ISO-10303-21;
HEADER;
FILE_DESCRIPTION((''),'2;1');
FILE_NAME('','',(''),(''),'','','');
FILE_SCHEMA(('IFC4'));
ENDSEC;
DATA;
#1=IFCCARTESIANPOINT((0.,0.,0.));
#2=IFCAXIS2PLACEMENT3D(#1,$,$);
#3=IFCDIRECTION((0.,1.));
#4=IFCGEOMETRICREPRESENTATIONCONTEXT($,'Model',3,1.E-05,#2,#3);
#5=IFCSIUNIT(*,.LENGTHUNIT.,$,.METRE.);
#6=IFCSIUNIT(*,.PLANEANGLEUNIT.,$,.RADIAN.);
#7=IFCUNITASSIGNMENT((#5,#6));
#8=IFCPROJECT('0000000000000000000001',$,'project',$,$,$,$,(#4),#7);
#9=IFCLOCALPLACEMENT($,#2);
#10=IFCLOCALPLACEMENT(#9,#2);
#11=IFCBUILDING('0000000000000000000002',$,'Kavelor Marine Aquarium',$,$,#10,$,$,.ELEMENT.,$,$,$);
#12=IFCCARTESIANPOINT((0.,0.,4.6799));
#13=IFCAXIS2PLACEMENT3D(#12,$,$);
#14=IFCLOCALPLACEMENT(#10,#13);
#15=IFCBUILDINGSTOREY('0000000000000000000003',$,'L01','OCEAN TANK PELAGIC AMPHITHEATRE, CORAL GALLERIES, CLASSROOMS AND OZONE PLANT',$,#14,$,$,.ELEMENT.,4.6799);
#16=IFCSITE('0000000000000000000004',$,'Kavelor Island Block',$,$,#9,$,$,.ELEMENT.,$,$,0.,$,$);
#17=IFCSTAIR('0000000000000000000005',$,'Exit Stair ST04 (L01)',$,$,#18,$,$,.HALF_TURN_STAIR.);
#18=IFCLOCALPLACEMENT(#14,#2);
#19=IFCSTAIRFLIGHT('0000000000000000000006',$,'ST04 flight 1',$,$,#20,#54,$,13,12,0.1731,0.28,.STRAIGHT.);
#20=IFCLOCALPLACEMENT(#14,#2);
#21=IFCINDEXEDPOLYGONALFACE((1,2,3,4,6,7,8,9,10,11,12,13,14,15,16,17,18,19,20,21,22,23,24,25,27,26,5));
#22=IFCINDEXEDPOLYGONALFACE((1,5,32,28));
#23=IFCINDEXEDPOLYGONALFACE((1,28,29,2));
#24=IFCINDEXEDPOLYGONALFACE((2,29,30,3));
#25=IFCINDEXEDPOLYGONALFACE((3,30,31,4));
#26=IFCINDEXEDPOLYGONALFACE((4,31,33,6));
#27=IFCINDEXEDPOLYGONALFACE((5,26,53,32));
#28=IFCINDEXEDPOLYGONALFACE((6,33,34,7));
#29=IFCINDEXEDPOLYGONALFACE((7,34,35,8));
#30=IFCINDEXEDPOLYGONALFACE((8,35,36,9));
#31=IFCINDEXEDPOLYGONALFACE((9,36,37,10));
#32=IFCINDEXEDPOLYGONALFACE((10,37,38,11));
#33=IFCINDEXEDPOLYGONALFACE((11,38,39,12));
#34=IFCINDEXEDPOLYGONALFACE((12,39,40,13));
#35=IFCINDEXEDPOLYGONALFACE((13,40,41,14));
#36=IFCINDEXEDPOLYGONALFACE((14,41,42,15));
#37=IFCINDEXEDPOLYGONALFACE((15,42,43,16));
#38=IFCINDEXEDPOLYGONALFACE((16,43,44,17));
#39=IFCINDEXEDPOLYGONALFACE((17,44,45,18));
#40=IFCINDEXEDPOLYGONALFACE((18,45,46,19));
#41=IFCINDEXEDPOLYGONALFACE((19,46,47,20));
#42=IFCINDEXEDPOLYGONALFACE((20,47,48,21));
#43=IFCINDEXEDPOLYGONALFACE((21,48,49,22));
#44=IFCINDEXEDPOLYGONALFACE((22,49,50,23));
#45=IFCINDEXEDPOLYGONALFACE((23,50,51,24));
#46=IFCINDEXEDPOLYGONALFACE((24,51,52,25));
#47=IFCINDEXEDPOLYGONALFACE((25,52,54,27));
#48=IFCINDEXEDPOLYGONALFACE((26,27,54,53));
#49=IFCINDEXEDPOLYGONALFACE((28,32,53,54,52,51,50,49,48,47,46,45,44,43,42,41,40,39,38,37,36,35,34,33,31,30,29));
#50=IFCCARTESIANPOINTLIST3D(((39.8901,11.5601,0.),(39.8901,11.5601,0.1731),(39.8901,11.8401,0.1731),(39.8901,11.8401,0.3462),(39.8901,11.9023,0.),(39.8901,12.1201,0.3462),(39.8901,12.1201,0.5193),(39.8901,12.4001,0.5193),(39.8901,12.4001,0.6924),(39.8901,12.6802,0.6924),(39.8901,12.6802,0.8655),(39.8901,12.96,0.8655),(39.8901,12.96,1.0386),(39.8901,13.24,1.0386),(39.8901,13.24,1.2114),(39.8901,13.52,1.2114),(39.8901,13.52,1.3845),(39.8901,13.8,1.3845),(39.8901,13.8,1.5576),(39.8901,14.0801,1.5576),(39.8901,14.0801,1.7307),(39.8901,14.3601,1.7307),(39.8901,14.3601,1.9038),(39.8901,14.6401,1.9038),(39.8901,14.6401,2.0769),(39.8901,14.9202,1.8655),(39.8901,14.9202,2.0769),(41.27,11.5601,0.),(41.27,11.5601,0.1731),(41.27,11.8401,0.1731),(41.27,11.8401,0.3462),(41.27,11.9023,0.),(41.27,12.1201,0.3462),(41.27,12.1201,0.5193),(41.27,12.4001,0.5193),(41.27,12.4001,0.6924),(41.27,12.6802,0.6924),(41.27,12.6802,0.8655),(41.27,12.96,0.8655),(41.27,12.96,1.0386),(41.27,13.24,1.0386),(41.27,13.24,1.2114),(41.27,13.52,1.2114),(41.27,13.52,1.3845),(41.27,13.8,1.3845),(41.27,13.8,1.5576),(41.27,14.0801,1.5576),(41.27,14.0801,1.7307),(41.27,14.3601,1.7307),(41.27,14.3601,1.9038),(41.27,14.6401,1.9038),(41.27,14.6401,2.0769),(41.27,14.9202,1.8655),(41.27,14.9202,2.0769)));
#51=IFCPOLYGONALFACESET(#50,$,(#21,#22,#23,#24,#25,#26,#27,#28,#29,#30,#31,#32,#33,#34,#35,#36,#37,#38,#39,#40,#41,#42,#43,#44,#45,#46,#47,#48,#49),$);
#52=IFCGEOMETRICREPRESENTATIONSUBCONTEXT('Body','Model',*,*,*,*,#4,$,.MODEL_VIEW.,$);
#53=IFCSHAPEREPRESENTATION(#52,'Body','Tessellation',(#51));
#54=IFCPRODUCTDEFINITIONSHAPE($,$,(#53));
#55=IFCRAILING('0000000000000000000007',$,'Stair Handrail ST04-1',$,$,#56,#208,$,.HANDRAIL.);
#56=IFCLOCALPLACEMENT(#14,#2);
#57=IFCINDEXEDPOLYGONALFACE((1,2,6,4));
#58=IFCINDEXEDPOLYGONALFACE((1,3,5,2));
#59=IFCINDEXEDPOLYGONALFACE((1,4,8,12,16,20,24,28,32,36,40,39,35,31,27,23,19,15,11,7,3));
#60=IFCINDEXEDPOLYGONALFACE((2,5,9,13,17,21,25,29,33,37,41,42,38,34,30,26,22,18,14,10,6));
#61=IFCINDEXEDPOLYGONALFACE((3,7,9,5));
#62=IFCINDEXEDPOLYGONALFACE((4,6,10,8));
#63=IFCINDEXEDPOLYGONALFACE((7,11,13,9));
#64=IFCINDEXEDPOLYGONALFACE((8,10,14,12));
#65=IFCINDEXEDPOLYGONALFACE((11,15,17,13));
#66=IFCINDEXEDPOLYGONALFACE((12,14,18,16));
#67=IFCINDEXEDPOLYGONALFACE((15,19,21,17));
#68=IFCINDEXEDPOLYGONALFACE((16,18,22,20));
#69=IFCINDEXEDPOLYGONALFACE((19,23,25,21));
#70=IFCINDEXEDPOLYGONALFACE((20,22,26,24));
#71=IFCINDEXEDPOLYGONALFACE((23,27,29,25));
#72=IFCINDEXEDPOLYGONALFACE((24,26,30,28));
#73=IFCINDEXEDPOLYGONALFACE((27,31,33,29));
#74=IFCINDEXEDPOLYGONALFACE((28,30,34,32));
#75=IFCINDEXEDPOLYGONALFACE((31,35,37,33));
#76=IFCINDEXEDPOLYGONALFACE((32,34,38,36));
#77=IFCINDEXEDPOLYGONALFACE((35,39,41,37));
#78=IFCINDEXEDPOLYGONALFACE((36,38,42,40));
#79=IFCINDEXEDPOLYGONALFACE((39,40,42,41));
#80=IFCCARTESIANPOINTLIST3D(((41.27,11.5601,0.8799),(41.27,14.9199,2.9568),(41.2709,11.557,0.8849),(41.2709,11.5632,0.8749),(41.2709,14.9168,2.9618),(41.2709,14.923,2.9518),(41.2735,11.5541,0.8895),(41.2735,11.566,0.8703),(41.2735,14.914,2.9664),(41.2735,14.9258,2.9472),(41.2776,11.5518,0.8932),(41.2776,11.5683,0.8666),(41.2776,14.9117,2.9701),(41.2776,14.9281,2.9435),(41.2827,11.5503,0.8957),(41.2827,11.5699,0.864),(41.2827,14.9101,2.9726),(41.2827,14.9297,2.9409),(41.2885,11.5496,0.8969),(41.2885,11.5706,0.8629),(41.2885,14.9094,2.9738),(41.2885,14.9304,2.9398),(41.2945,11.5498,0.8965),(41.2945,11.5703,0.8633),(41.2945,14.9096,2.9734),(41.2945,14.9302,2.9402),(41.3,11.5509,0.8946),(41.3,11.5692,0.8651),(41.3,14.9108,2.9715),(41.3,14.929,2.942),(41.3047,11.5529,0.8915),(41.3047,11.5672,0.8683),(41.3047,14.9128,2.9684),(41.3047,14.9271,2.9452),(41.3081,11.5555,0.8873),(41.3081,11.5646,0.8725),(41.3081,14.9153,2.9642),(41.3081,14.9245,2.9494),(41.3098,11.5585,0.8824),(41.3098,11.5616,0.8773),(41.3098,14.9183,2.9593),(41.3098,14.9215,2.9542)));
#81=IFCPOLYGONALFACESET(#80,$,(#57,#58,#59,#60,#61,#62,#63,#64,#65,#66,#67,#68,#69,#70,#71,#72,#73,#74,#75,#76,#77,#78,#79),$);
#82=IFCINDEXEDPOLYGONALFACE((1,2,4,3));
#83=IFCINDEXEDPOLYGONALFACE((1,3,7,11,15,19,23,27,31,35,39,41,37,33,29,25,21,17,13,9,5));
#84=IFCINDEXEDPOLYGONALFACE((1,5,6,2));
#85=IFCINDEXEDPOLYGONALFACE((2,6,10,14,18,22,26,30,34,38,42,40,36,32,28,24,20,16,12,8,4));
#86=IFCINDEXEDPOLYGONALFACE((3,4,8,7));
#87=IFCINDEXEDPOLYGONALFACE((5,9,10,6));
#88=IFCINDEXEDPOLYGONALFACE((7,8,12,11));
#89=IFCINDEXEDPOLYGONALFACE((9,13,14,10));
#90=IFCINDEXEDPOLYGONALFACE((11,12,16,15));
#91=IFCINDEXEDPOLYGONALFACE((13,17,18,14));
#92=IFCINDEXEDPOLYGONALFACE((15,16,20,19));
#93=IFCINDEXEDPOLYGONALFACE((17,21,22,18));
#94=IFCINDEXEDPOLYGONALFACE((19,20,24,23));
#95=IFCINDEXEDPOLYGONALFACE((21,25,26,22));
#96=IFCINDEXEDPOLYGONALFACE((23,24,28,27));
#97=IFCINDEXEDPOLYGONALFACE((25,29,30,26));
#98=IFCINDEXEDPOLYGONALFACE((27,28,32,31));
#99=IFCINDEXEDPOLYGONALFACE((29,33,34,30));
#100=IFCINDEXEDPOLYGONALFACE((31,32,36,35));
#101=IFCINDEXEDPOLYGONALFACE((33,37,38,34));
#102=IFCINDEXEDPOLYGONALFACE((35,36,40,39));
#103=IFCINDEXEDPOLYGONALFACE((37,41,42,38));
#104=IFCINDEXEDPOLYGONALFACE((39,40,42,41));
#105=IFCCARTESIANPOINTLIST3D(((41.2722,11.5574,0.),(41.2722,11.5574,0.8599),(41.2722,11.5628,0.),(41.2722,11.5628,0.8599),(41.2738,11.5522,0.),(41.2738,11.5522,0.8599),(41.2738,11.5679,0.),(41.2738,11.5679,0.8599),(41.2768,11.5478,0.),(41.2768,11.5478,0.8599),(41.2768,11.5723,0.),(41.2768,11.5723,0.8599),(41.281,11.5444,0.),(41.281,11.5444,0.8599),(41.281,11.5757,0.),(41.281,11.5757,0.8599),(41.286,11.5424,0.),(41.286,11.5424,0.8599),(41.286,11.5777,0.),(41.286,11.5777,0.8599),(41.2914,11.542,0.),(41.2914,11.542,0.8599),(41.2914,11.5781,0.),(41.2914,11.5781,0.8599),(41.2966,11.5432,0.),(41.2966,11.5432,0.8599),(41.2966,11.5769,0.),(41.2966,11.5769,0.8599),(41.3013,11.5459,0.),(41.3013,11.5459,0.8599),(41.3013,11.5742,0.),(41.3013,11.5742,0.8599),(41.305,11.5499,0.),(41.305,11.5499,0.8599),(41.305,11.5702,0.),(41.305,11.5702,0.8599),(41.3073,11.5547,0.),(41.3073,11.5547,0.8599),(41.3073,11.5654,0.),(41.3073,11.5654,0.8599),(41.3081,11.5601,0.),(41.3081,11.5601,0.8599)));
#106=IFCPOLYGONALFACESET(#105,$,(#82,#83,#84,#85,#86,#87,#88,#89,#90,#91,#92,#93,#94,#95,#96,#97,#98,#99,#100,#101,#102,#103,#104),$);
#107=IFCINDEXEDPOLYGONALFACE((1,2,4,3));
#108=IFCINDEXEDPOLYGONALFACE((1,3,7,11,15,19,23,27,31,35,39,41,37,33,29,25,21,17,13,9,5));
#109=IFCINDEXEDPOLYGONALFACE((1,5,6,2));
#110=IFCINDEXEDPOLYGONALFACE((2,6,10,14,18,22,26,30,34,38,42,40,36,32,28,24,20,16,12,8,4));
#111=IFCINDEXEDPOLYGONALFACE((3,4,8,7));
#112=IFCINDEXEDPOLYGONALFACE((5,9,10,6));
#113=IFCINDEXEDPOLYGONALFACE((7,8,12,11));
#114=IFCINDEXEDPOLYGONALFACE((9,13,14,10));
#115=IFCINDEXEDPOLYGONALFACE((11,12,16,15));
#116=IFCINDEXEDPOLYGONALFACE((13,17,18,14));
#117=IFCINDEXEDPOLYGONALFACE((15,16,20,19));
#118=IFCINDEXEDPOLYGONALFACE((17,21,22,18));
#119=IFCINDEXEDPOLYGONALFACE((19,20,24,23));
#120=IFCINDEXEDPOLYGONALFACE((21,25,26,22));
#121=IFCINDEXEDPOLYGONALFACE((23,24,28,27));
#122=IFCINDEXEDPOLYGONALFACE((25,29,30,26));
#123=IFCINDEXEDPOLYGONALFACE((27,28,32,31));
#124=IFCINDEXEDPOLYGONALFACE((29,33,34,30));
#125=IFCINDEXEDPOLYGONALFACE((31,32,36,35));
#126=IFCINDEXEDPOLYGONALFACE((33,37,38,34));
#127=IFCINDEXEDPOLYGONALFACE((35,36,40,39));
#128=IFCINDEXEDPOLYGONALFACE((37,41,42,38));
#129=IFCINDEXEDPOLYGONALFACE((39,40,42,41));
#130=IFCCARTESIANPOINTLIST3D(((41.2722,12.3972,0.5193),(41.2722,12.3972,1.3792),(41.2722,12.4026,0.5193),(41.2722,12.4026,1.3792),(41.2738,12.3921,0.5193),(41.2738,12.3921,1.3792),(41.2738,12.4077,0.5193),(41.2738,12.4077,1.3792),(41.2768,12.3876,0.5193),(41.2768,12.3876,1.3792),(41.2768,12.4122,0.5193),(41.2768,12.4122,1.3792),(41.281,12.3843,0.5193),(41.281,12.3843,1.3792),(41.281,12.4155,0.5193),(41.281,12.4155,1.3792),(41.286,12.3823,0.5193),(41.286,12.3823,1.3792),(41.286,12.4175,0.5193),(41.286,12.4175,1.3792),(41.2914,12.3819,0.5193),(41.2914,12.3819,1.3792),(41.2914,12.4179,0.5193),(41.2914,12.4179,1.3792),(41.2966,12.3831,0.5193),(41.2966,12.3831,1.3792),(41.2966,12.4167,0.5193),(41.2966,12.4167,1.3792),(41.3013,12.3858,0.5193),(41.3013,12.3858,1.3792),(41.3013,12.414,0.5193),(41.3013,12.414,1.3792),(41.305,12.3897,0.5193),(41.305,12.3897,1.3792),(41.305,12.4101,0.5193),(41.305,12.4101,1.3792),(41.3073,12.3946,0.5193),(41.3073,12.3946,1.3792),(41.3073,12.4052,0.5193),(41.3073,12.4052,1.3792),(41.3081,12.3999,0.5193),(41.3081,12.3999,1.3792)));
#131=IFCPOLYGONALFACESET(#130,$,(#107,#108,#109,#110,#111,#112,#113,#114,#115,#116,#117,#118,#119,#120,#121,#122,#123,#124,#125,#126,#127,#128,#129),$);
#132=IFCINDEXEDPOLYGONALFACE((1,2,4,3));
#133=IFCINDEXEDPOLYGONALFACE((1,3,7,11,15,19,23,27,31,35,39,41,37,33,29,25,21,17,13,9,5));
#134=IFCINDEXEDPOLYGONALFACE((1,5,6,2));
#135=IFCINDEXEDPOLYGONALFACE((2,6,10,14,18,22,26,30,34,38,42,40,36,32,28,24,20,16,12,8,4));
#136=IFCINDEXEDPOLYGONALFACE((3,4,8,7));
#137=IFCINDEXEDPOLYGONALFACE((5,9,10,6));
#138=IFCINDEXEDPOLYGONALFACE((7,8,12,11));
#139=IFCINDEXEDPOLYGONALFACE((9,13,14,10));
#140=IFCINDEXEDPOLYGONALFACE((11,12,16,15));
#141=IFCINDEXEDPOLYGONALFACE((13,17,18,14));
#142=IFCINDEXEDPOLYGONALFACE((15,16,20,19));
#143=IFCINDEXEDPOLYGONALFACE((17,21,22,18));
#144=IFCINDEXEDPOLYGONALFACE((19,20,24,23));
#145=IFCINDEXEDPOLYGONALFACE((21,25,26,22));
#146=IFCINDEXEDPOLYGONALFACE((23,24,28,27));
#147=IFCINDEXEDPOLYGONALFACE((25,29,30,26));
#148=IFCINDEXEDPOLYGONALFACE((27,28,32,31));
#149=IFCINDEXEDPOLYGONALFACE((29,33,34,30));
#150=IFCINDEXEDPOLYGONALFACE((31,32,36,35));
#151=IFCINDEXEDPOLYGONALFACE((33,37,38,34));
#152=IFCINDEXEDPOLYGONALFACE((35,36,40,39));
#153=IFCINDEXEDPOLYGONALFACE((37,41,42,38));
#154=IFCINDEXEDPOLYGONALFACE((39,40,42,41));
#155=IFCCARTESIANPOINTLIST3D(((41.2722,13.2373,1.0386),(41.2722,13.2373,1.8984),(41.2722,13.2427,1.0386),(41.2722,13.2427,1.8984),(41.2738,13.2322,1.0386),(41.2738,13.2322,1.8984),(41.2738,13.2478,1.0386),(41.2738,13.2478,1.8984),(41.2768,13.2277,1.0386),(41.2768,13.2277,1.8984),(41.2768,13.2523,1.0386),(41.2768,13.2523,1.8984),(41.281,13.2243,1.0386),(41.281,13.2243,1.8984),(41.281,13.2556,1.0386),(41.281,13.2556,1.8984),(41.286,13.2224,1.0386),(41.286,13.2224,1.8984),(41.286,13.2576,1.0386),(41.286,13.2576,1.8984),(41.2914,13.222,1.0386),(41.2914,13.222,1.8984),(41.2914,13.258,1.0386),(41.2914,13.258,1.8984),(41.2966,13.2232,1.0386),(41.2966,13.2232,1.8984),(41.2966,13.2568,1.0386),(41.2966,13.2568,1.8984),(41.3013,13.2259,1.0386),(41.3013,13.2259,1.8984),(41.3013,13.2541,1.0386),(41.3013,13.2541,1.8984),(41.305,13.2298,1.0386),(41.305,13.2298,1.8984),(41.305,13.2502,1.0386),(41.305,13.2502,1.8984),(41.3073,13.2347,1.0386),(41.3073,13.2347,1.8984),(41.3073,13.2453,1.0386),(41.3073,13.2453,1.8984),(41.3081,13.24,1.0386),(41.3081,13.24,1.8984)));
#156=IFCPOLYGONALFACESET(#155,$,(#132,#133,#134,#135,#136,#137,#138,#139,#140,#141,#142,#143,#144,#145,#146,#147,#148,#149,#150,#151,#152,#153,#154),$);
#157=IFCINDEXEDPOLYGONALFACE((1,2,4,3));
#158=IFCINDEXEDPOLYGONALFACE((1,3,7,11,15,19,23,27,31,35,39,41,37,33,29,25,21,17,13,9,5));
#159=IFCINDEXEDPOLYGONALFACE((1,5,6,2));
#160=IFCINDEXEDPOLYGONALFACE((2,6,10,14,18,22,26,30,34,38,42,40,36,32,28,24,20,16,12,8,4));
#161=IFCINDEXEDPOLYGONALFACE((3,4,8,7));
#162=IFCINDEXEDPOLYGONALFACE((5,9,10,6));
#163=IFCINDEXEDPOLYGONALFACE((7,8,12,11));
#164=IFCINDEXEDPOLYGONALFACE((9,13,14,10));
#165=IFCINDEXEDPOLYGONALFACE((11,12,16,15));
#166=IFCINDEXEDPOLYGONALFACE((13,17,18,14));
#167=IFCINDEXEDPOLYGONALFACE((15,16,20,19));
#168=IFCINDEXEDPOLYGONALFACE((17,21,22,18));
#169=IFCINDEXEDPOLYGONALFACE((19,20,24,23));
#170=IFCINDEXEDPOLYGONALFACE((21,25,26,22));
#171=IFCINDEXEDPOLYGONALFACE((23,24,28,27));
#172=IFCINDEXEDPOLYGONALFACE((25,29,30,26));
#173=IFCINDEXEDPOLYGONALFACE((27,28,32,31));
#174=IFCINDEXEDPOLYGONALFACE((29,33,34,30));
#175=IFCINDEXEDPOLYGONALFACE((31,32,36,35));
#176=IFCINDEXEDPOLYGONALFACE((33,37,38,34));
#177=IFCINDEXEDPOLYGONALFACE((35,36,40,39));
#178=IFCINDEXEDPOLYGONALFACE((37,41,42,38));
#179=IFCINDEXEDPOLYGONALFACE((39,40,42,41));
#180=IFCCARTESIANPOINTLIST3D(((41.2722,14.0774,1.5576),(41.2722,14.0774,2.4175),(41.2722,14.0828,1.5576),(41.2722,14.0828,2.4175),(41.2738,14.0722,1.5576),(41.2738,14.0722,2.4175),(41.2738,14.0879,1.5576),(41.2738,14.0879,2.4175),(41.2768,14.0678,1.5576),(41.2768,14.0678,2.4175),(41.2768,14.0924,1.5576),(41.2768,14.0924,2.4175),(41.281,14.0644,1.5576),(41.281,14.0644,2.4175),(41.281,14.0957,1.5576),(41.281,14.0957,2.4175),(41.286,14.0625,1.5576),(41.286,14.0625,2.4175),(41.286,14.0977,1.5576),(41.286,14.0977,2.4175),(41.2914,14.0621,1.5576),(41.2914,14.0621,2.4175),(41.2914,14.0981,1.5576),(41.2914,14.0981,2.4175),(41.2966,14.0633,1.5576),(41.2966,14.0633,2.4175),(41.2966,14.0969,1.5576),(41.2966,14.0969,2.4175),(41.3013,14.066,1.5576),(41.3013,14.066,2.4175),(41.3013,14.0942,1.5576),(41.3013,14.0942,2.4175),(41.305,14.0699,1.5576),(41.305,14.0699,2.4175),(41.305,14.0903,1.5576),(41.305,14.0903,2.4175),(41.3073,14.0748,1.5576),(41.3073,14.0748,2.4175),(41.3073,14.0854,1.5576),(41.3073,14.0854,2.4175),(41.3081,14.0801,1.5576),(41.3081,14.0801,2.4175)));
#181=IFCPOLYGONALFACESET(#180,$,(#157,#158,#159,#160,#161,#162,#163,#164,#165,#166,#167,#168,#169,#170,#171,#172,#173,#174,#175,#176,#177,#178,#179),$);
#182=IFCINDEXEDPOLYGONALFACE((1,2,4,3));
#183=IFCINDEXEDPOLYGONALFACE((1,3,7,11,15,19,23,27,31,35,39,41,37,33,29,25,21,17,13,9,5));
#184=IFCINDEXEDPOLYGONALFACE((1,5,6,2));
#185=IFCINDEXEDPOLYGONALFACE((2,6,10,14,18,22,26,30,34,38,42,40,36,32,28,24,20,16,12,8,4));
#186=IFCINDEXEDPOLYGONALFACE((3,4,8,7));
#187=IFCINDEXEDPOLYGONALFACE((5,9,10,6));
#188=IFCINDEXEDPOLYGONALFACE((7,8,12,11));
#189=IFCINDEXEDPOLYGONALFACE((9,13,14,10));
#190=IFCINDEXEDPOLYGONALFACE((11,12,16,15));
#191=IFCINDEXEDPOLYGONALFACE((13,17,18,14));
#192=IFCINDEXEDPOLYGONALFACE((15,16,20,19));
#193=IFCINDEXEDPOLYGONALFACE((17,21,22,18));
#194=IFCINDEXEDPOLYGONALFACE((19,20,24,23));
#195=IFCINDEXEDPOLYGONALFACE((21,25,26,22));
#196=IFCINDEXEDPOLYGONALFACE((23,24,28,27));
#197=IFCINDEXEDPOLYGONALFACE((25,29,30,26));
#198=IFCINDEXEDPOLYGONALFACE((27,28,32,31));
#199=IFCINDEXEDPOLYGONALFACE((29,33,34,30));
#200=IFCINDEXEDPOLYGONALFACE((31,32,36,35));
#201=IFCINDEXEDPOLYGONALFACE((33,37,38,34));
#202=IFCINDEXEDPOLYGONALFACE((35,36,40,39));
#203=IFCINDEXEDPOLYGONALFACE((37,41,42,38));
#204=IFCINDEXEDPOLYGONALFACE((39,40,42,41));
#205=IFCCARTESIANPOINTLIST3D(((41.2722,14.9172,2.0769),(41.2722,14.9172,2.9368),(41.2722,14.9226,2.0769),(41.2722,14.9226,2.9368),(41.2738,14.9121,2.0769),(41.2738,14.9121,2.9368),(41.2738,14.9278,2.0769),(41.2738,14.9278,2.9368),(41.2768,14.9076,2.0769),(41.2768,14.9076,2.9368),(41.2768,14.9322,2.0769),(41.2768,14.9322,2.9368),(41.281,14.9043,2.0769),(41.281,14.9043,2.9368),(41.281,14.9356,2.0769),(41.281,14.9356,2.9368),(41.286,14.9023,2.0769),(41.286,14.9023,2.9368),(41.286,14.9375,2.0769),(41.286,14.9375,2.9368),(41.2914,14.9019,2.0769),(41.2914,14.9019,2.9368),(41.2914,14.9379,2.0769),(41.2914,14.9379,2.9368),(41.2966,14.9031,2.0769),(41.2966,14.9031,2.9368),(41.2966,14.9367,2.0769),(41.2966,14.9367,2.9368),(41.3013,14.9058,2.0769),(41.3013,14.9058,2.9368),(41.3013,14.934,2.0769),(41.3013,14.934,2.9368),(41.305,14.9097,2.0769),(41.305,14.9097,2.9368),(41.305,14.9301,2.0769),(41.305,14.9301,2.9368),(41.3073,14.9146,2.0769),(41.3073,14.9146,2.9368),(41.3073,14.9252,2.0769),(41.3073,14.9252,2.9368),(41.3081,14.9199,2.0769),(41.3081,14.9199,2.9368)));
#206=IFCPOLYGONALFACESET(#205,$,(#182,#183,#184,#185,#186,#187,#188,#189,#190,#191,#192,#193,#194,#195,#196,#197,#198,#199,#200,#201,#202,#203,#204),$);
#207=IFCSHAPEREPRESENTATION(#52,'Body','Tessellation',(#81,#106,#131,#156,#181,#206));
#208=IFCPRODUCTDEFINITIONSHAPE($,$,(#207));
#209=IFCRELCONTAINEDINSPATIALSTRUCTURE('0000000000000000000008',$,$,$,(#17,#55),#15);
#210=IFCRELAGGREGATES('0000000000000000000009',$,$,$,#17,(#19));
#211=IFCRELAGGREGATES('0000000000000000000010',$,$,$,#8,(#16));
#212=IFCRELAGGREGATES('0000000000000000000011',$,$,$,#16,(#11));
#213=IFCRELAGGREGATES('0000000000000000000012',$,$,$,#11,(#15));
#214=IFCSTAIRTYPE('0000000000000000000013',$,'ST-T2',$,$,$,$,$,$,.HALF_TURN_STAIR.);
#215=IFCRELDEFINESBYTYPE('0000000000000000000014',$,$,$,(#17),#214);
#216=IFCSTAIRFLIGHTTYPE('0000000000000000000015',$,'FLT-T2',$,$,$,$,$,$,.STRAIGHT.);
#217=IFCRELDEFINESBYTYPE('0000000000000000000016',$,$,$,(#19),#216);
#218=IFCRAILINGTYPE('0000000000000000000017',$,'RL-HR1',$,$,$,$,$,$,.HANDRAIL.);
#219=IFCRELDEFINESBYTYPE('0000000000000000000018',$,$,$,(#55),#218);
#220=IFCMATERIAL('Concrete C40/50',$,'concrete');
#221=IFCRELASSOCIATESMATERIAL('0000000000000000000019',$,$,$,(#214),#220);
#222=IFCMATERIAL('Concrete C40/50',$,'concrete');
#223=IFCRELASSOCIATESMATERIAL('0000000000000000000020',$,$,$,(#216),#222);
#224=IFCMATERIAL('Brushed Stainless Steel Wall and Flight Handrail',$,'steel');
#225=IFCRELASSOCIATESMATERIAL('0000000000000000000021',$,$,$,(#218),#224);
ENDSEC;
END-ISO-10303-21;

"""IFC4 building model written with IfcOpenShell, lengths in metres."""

from ifc_helpers import new_model, si_unit, direction, frame, origin, origin_2d, place, context, subcontext, project, spatial, polyline, circle, outline, extrude, material, type_object, element, aggregate, save


model = new_model("IFC4")

# Units and contexts
model_context = context("Model", 3, precision=1e-05, world=origin(), true_north=direction((0.0, 1.0)))
body_context = subcontext(model_context, "Body", "Model", "MODEL_VIEW")
ifc_project = project(units=[si_unit("LENGTHUNIT", "METRE"), si_unit("PLANEANGLEUNIT", "RADIAN")], contexts=[model_context])

# Site, building, storey
site_placement = place(None, origin())
site = spatial("IfcSite", under=ifc_project, at=site_placement, Name="Kavelor Island Block", CompositionType="ELEMENT", RefElevation=0.0)
building_placement = place(site_placement, origin())
building = spatial("IfcBuilding", under=site, at=building_placement, Name="Kavelor Marine Aquarium", CompositionType="ELEMENT")
storey_placement = place(building_placement, frame((0.0, 0.0, 4.6799)))
storey = spatial("IfcBuildingStorey", under=building, at=storey_placement, Name="L01", Description="OCEAN TANK PELAGIC AMPHITHEATRE, CORAL GALLERIES, CLASSROOMS AND OZONE PLANT", CompositionType="ELEMENT", Elevation=4.6799)

# Stair, stair flight
ifc_material_1 = material(Name="Concrete C40/50", Category="concrete")
stair_type = type_object("IfcStairType", Name="ST-T2", PredefinedType="HALF_TURN_STAIR", material=ifc_material_1)
stair_placement = place(storey_placement, origin())
stair = element("IfcStair", 1, at=stair_placement, inside=storey, type_object=stair_type, Name="Exit Stair ST04 (L01)", PredefinedType="HALF_TURN_STAIR")
ifc_material_2 = material(Name="Concrete C40/50", Category="concrete")
stair_flight_type = type_object("IfcStairFlightType", Name="FLT-T2", PredefinedType="STRAIGHT", material=ifc_material_2)
stair_flight_placement = place(storey_placement, frame((40.5801, 11.5601, 0.0), z_axis=(0.0, 0.0, 1.0), x_axis=(0.0, 1.0, 0.0)))
stair_flight = element("IfcStairFlight", 2, at=stair_flight_placement, type_object=stair_flight_type, Name="ST04 flight 1", NumberOfRisers=13, NumberOfTreads=12, PredefinedType="STRAIGHT", RiserHeight=0.1731, TreadLength=0.28, context=body_context, shape_type="SweptSolid", body=[
    extrude(outline(polyline([(0.0, 0.0), (0.0, 0.1731), (0.28, 0.1731), (0.28, 0.3462), (0.5601, 0.3462), (0.5601, 0.5193), (0.8401, 0.5193), (0.8401, 0.6924), (1.1201, 0.6924), (1.1201, 0.8655), (1.3999, 0.8655), (1.3999, 1.0386), (1.6799, 1.0386), (1.6799, 1.2114), (1.96, 1.2114), (1.96, 1.3845), (2.24, 1.3845), (2.24, 1.5576), (2.52, 1.5576), (2.52, 1.7307), (2.8, 1.7307), (2.8, 1.9038), (3.0801, 1.9038), (3.0801, 2.0769), (3.3601, 2.0769), (3.3601, 2.25), (3.3601, 1.8655), (0.3423, 0.0), (0.0, 0.0)])), frame((0.0, 0.6899, 0.0), z_axis=(0.0, -1.0, 0.0), x_axis=(1.0, 0.0, 0.0)), (0.0, 0.0, 1.0), 1.3799),
])
aggregate(stair, [stair_flight])

# Railing
ifc_material_3 = material(Name="Brushed Stainless Steel Wall and Flight Handrail", Category="steel")
railing_type_1 = type_object("IfcRailingType", Name="RL-HR1", PredefinedType="HANDRAIL", material=ifc_material_3)
railing_1_placement = place(storey_placement, frame((41.29, 11.5601, 0.0)))
element("IfcRailing", 3, at=railing_1_placement, inside=storey, type_object=railing_type_1, Name="Stair Handrail ST04-1", PredefinedType="HANDRAIL", context=body_context, shape_type="SweptSolid", body=[
    extrude(circle(Radius=0.02, at=origin_2d()), frame((0.0, 0.0, 0.8799), z_axis=(0.0, 0.850606, 0.525803), x_axis=(-1.0, 0.0, 0.0)), (0.0, 0.0, 1.0), 3.95),
    extrude(circle(Radius=0.0181, at=origin_2d()), origin(), (0.0, 0.0, 1.0), 0.8599),
    extrude(circle(Radius=0.0181, at=origin_2d()), frame((0.0, 0.8398, 0.5193)), (0.0, 0.0, 1.0), 0.8599),
    extrude(circle(Radius=0.0181, at=origin_2d()), frame((0.0, 1.6799, 1.0386)), (0.0, 0.0, 1.0), 0.8599),
    extrude(circle(Radius=0.0181, at=origin_2d()), frame((0.0, 2.52, 1.5576)), (0.0, 0.0, 1.0), 0.8599),
    extrude(circle(Radius=0.0181, at=origin_2d()), frame((0.0, 3.3599, 2.0769)), (0.0, 0.0, 1.0), 0.8599),
])

save(model, "model.ifc")
